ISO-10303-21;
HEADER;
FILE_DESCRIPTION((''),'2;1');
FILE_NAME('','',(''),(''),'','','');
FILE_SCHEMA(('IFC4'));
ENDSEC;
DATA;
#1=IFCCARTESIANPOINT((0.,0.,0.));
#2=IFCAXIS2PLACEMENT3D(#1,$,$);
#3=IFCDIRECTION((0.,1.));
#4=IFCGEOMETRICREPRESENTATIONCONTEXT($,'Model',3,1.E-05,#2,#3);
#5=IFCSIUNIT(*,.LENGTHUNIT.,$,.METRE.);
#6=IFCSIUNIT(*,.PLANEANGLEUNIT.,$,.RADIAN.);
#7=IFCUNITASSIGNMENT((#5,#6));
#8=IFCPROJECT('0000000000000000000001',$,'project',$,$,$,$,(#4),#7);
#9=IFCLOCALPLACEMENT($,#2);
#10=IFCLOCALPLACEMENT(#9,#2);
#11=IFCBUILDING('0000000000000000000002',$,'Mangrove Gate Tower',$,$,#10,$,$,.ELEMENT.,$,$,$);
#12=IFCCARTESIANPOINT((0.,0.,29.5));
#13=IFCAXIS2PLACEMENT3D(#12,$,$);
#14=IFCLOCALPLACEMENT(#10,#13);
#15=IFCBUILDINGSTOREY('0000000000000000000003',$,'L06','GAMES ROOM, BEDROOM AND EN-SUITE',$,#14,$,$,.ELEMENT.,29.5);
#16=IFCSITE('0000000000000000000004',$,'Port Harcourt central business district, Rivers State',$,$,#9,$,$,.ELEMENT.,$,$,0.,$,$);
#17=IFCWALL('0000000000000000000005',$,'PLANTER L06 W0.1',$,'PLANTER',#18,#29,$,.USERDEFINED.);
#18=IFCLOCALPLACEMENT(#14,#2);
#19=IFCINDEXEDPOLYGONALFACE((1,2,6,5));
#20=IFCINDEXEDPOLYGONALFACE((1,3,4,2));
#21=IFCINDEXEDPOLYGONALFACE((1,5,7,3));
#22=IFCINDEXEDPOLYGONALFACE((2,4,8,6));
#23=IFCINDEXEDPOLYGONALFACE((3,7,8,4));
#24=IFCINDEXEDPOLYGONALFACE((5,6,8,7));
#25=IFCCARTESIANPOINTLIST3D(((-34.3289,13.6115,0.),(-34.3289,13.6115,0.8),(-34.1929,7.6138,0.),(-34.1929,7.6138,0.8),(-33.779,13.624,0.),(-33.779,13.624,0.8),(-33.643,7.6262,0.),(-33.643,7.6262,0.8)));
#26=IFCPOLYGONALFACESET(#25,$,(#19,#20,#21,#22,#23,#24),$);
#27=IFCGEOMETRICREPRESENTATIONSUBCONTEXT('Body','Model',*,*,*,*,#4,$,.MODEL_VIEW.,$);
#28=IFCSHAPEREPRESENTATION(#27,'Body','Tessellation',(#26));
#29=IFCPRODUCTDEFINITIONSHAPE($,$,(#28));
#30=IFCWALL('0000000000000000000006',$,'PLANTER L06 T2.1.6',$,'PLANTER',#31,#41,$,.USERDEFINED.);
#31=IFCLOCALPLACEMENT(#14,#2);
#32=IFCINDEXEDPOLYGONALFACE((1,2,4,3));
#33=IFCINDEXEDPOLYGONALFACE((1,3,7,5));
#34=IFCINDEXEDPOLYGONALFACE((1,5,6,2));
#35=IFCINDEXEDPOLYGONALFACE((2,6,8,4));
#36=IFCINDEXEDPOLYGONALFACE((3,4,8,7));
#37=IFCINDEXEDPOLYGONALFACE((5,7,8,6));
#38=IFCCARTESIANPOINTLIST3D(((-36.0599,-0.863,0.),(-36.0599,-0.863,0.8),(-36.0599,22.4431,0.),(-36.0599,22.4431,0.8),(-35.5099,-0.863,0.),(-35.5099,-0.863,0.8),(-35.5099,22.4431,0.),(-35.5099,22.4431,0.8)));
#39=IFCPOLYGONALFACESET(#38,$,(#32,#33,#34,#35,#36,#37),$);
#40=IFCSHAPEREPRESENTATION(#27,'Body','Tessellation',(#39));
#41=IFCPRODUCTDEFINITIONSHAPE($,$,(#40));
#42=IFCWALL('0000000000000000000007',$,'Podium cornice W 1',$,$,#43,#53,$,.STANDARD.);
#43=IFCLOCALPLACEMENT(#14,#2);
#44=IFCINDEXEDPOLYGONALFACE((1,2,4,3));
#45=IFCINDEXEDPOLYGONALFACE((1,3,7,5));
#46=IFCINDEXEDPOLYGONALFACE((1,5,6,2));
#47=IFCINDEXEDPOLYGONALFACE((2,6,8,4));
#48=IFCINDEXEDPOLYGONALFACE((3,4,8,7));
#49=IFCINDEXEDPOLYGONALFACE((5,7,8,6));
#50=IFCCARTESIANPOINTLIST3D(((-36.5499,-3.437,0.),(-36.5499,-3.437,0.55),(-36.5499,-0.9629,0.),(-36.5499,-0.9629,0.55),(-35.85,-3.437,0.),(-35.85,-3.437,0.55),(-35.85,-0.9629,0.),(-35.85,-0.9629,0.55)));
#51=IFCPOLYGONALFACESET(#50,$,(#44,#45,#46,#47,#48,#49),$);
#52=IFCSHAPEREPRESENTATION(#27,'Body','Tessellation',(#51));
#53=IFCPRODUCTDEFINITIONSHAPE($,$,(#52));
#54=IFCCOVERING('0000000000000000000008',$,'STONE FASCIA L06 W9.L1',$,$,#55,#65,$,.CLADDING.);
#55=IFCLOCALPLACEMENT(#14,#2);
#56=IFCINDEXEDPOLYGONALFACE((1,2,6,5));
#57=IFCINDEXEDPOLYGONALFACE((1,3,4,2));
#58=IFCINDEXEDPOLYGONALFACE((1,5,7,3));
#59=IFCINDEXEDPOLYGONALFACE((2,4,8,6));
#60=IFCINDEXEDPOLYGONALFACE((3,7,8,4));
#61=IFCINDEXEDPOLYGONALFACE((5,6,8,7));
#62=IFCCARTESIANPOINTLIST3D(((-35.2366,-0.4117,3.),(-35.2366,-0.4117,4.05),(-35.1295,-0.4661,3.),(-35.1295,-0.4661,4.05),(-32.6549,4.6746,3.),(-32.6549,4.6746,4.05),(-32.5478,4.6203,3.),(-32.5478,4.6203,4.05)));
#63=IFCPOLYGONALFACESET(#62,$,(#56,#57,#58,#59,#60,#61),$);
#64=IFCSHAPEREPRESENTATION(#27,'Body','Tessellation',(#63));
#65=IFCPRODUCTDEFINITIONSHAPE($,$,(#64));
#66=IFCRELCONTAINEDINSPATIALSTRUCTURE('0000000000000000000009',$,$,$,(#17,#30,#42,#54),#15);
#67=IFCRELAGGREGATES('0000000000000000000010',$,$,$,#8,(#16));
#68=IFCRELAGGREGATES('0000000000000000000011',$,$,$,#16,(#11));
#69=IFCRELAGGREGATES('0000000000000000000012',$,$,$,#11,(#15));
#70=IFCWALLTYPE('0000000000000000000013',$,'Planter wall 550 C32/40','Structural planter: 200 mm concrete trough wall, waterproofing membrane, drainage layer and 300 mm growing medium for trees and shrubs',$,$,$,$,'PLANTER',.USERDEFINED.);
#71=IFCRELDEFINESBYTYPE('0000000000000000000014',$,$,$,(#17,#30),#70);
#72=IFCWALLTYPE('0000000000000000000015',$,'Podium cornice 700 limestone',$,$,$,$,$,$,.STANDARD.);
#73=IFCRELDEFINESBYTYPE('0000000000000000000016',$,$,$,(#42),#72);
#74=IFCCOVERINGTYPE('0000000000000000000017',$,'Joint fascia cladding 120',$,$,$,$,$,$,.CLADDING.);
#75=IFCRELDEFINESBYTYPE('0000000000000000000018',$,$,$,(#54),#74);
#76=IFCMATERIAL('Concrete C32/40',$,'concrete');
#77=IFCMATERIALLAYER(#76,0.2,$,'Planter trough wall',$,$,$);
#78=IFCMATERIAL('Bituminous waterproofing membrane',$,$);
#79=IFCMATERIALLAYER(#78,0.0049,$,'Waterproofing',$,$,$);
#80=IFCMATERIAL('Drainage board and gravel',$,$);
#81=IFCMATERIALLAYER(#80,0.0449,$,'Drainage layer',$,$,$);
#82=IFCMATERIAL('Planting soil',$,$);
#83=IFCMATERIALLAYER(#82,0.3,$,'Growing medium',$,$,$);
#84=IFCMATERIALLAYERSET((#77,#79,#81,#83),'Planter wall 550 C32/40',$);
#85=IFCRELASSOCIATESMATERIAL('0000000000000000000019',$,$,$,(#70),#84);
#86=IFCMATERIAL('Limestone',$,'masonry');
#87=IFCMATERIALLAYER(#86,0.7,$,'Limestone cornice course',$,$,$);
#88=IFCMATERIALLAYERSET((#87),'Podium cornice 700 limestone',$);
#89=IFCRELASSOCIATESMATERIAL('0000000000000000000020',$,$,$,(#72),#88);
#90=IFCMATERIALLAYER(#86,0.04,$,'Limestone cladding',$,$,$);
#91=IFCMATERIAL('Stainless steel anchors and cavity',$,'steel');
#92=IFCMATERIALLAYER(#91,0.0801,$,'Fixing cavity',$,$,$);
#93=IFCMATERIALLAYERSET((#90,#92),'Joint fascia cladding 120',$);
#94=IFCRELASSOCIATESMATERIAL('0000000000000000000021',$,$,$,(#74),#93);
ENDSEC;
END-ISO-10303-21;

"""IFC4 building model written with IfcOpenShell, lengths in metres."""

from ifc_helpers import new_model, si_unit, direction, frame, frame_2d, origin, place, context, subcontext, project, spatial, rectangle, extrude, material, layer, layer_set, type_object, element, save


model = new_model("IFC4")

# Units and contexts
model_context = context("Model", 3, precision=1e-05, world=origin(), true_north=direction((0.0, 1.0)))
body_context = subcontext(model_context, "Body", "Model", "MODEL_VIEW")
ifc_project = project(units=[si_unit("LENGTHUNIT", "METRE"), si_unit("PLANEANGLEUNIT", "RADIAN")], contexts=[model_context])

# Site, building, storey
site_placement = place(None, origin())
site = spatial("IfcSite", under=ifc_project, at=site_placement, Name="Port Harcourt central business district, Rivers State", CompositionType="ELEMENT", RefElevation=0.0)
building_placement = place(site_placement, origin())
building = spatial("IfcBuilding", under=site, at=building_placement, Name="Mangrove Gate Tower", CompositionType="ELEMENT")
storey_placement = place(building_placement, frame((0.0, 0.0, 29.5)))
storey = spatial("IfcBuildingStorey", under=building, at=storey_placement, Name="L06", Description="GAMES ROOM, BEDROOM AND EN-SUITE", CompositionType="ELEMENT", Elevation=29.5)

# Walls
ifc_material_1 = material(Name="Concrete C32/40", Category="concrete")
ifc_layer_1 = layer(ifc_material_1, 0.2, Name="Planter trough wall")
ifc_material_2 = material(Name="Bituminous waterproofing membrane")
ifc_layer_2 = layer(ifc_material_2, 0.0049, Name="Waterproofing")
ifc_material_3 = material(Name="Drainage board and gravel")
ifc_layer_3 = layer(ifc_material_3, 0.0449, Name="Drainage layer")
ifc_material_4 = material(Name="Planting soil")
ifc_layer_4 = layer(ifc_material_4, 0.3, Name="Growing medium")
ifc_layer_set_1 = layer_set([ifc_layer_1, ifc_layer_2, ifc_layer_3, ifc_layer_4], Name="Planter wall 550 C32/40")
wall_type_1 = type_object("IfcWallType", Name="Planter wall 550 C32/40", Description="Structural planter: 200 mm concrete trough wall, waterproofing membrane, drainage layer and 300 mm growing medium for trees and shrubs", ElementType="PLANTER", PredefinedType="USERDEFINED", material=ifc_layer_set_1)
wall_1_placement = place(storey_placement, frame((-33.918, 7.6201, 0.0), z_axis=(0.0, 0.0, 1.0), x_axis=(-0.022667, 0.999743, 0.0)))
element("IfcWall", 1, at=wall_1_placement, inside=storey, type_object=wall_type_1, Name="PLANTER L06 W0.1", ObjectType="PLANTER", PredefinedType="USERDEFINED", context=body_context, shape_type="SweptSolid", body=[
    extrude(rectangle(XDim=5.9993, YDim=0.55, at=frame_2d((2.9995, 0.0))), origin(), (0.0, 0.0, 1.0), 0.8),
])
wall_2_placement = place(storey_placement, frame((-35.7849, -0.863, 0.0), z_axis=(0.0, 0.0, 1.0), x_axis=(0.0, 1.0, 0.0)))
element("IfcWall", 2, at=wall_2_placement, inside=storey, type_object=wall_type_1, Name="PLANTER L06 T2.1.6", ObjectType="PLANTER", PredefinedType="USERDEFINED", context=body_context, shape_type="SweptSolid", body=[
    extrude(rectangle(XDim=23.3062, YDim=0.55, at=frame_2d((11.6531, 0.0))), origin(), (0.0, 0.0, 1.0), 0.8),
])
ifc_material_5 = material(Name="Limestone", Category="masonry")
ifc_layer_5 = layer(ifc_material_5, 0.7, Name="Limestone cornice course")
ifc_layer_set_2 = layer_set([ifc_layer_5], Name="Podium cornice 700 limestone")
wall_type_2 = type_object("IfcWallType", Name="Podium cornice 700 limestone", PredefinedType="STANDARD", material=ifc_layer_set_2)
wall_3_placement = place(storey_placement, frame((-36.2, -0.9629, 0.0), z_axis=(0.0, 0.0, 1.0), x_axis=(0.0, -1.0, 0.0)))
element("IfcWall", 3, at=wall_3_placement, inside=storey, type_object=wall_type_2, Name="Podium cornice W 1", PredefinedType="STANDARD", context=body_context, shape_type="SweptSolid", body=[
    extrude(rectangle(XDim=2.4741, YDim=0.7, at=frame_2d((1.2371, 0.0))), origin(), (0.0, 0.0, 1.0), 0.55),
])

# Covering
ifc_layer_6 = layer(ifc_material_5, 0.04, Name="Limestone cladding")
ifc_material_6 = material(Name="Stainless steel anchors and cavity", Category="steel")
ifc_layer_7 = layer(ifc_material_6, 0.0801, Name="Fixing cavity")
ifc_layer_set_3 = layer_set([ifc_layer_6, ifc_layer_7], Name="Joint fascia cladding 120")
covering_type = type_object("IfcCoveringType", Name="Joint fascia cladding 120", PredefinedType="CLADDING", material=ifc_layer_set_3)
covering_placement = place(storey_placement, frame((-32.6013, 4.6475, 3.0), z_axis=(0.0, 0.0, 1.0), x_axis=(-0.452615, -0.891706, 0.0)))
element("IfcCovering", 4, at=covering_placement, inside=storey, type_object=covering_type, Name="STONE FASCIA L06 W9.L1", PredefinedType="CLADDING", context=body_context, shape_type="SweptSolid", body=[
    extrude(rectangle(XDim=5.7041, YDim=0.1201, at=frame_2d((2.8521, 0.0))), origin(), (0.0, 0.0, 1.0), 1.05),
])

save(model, "model.ifc")
